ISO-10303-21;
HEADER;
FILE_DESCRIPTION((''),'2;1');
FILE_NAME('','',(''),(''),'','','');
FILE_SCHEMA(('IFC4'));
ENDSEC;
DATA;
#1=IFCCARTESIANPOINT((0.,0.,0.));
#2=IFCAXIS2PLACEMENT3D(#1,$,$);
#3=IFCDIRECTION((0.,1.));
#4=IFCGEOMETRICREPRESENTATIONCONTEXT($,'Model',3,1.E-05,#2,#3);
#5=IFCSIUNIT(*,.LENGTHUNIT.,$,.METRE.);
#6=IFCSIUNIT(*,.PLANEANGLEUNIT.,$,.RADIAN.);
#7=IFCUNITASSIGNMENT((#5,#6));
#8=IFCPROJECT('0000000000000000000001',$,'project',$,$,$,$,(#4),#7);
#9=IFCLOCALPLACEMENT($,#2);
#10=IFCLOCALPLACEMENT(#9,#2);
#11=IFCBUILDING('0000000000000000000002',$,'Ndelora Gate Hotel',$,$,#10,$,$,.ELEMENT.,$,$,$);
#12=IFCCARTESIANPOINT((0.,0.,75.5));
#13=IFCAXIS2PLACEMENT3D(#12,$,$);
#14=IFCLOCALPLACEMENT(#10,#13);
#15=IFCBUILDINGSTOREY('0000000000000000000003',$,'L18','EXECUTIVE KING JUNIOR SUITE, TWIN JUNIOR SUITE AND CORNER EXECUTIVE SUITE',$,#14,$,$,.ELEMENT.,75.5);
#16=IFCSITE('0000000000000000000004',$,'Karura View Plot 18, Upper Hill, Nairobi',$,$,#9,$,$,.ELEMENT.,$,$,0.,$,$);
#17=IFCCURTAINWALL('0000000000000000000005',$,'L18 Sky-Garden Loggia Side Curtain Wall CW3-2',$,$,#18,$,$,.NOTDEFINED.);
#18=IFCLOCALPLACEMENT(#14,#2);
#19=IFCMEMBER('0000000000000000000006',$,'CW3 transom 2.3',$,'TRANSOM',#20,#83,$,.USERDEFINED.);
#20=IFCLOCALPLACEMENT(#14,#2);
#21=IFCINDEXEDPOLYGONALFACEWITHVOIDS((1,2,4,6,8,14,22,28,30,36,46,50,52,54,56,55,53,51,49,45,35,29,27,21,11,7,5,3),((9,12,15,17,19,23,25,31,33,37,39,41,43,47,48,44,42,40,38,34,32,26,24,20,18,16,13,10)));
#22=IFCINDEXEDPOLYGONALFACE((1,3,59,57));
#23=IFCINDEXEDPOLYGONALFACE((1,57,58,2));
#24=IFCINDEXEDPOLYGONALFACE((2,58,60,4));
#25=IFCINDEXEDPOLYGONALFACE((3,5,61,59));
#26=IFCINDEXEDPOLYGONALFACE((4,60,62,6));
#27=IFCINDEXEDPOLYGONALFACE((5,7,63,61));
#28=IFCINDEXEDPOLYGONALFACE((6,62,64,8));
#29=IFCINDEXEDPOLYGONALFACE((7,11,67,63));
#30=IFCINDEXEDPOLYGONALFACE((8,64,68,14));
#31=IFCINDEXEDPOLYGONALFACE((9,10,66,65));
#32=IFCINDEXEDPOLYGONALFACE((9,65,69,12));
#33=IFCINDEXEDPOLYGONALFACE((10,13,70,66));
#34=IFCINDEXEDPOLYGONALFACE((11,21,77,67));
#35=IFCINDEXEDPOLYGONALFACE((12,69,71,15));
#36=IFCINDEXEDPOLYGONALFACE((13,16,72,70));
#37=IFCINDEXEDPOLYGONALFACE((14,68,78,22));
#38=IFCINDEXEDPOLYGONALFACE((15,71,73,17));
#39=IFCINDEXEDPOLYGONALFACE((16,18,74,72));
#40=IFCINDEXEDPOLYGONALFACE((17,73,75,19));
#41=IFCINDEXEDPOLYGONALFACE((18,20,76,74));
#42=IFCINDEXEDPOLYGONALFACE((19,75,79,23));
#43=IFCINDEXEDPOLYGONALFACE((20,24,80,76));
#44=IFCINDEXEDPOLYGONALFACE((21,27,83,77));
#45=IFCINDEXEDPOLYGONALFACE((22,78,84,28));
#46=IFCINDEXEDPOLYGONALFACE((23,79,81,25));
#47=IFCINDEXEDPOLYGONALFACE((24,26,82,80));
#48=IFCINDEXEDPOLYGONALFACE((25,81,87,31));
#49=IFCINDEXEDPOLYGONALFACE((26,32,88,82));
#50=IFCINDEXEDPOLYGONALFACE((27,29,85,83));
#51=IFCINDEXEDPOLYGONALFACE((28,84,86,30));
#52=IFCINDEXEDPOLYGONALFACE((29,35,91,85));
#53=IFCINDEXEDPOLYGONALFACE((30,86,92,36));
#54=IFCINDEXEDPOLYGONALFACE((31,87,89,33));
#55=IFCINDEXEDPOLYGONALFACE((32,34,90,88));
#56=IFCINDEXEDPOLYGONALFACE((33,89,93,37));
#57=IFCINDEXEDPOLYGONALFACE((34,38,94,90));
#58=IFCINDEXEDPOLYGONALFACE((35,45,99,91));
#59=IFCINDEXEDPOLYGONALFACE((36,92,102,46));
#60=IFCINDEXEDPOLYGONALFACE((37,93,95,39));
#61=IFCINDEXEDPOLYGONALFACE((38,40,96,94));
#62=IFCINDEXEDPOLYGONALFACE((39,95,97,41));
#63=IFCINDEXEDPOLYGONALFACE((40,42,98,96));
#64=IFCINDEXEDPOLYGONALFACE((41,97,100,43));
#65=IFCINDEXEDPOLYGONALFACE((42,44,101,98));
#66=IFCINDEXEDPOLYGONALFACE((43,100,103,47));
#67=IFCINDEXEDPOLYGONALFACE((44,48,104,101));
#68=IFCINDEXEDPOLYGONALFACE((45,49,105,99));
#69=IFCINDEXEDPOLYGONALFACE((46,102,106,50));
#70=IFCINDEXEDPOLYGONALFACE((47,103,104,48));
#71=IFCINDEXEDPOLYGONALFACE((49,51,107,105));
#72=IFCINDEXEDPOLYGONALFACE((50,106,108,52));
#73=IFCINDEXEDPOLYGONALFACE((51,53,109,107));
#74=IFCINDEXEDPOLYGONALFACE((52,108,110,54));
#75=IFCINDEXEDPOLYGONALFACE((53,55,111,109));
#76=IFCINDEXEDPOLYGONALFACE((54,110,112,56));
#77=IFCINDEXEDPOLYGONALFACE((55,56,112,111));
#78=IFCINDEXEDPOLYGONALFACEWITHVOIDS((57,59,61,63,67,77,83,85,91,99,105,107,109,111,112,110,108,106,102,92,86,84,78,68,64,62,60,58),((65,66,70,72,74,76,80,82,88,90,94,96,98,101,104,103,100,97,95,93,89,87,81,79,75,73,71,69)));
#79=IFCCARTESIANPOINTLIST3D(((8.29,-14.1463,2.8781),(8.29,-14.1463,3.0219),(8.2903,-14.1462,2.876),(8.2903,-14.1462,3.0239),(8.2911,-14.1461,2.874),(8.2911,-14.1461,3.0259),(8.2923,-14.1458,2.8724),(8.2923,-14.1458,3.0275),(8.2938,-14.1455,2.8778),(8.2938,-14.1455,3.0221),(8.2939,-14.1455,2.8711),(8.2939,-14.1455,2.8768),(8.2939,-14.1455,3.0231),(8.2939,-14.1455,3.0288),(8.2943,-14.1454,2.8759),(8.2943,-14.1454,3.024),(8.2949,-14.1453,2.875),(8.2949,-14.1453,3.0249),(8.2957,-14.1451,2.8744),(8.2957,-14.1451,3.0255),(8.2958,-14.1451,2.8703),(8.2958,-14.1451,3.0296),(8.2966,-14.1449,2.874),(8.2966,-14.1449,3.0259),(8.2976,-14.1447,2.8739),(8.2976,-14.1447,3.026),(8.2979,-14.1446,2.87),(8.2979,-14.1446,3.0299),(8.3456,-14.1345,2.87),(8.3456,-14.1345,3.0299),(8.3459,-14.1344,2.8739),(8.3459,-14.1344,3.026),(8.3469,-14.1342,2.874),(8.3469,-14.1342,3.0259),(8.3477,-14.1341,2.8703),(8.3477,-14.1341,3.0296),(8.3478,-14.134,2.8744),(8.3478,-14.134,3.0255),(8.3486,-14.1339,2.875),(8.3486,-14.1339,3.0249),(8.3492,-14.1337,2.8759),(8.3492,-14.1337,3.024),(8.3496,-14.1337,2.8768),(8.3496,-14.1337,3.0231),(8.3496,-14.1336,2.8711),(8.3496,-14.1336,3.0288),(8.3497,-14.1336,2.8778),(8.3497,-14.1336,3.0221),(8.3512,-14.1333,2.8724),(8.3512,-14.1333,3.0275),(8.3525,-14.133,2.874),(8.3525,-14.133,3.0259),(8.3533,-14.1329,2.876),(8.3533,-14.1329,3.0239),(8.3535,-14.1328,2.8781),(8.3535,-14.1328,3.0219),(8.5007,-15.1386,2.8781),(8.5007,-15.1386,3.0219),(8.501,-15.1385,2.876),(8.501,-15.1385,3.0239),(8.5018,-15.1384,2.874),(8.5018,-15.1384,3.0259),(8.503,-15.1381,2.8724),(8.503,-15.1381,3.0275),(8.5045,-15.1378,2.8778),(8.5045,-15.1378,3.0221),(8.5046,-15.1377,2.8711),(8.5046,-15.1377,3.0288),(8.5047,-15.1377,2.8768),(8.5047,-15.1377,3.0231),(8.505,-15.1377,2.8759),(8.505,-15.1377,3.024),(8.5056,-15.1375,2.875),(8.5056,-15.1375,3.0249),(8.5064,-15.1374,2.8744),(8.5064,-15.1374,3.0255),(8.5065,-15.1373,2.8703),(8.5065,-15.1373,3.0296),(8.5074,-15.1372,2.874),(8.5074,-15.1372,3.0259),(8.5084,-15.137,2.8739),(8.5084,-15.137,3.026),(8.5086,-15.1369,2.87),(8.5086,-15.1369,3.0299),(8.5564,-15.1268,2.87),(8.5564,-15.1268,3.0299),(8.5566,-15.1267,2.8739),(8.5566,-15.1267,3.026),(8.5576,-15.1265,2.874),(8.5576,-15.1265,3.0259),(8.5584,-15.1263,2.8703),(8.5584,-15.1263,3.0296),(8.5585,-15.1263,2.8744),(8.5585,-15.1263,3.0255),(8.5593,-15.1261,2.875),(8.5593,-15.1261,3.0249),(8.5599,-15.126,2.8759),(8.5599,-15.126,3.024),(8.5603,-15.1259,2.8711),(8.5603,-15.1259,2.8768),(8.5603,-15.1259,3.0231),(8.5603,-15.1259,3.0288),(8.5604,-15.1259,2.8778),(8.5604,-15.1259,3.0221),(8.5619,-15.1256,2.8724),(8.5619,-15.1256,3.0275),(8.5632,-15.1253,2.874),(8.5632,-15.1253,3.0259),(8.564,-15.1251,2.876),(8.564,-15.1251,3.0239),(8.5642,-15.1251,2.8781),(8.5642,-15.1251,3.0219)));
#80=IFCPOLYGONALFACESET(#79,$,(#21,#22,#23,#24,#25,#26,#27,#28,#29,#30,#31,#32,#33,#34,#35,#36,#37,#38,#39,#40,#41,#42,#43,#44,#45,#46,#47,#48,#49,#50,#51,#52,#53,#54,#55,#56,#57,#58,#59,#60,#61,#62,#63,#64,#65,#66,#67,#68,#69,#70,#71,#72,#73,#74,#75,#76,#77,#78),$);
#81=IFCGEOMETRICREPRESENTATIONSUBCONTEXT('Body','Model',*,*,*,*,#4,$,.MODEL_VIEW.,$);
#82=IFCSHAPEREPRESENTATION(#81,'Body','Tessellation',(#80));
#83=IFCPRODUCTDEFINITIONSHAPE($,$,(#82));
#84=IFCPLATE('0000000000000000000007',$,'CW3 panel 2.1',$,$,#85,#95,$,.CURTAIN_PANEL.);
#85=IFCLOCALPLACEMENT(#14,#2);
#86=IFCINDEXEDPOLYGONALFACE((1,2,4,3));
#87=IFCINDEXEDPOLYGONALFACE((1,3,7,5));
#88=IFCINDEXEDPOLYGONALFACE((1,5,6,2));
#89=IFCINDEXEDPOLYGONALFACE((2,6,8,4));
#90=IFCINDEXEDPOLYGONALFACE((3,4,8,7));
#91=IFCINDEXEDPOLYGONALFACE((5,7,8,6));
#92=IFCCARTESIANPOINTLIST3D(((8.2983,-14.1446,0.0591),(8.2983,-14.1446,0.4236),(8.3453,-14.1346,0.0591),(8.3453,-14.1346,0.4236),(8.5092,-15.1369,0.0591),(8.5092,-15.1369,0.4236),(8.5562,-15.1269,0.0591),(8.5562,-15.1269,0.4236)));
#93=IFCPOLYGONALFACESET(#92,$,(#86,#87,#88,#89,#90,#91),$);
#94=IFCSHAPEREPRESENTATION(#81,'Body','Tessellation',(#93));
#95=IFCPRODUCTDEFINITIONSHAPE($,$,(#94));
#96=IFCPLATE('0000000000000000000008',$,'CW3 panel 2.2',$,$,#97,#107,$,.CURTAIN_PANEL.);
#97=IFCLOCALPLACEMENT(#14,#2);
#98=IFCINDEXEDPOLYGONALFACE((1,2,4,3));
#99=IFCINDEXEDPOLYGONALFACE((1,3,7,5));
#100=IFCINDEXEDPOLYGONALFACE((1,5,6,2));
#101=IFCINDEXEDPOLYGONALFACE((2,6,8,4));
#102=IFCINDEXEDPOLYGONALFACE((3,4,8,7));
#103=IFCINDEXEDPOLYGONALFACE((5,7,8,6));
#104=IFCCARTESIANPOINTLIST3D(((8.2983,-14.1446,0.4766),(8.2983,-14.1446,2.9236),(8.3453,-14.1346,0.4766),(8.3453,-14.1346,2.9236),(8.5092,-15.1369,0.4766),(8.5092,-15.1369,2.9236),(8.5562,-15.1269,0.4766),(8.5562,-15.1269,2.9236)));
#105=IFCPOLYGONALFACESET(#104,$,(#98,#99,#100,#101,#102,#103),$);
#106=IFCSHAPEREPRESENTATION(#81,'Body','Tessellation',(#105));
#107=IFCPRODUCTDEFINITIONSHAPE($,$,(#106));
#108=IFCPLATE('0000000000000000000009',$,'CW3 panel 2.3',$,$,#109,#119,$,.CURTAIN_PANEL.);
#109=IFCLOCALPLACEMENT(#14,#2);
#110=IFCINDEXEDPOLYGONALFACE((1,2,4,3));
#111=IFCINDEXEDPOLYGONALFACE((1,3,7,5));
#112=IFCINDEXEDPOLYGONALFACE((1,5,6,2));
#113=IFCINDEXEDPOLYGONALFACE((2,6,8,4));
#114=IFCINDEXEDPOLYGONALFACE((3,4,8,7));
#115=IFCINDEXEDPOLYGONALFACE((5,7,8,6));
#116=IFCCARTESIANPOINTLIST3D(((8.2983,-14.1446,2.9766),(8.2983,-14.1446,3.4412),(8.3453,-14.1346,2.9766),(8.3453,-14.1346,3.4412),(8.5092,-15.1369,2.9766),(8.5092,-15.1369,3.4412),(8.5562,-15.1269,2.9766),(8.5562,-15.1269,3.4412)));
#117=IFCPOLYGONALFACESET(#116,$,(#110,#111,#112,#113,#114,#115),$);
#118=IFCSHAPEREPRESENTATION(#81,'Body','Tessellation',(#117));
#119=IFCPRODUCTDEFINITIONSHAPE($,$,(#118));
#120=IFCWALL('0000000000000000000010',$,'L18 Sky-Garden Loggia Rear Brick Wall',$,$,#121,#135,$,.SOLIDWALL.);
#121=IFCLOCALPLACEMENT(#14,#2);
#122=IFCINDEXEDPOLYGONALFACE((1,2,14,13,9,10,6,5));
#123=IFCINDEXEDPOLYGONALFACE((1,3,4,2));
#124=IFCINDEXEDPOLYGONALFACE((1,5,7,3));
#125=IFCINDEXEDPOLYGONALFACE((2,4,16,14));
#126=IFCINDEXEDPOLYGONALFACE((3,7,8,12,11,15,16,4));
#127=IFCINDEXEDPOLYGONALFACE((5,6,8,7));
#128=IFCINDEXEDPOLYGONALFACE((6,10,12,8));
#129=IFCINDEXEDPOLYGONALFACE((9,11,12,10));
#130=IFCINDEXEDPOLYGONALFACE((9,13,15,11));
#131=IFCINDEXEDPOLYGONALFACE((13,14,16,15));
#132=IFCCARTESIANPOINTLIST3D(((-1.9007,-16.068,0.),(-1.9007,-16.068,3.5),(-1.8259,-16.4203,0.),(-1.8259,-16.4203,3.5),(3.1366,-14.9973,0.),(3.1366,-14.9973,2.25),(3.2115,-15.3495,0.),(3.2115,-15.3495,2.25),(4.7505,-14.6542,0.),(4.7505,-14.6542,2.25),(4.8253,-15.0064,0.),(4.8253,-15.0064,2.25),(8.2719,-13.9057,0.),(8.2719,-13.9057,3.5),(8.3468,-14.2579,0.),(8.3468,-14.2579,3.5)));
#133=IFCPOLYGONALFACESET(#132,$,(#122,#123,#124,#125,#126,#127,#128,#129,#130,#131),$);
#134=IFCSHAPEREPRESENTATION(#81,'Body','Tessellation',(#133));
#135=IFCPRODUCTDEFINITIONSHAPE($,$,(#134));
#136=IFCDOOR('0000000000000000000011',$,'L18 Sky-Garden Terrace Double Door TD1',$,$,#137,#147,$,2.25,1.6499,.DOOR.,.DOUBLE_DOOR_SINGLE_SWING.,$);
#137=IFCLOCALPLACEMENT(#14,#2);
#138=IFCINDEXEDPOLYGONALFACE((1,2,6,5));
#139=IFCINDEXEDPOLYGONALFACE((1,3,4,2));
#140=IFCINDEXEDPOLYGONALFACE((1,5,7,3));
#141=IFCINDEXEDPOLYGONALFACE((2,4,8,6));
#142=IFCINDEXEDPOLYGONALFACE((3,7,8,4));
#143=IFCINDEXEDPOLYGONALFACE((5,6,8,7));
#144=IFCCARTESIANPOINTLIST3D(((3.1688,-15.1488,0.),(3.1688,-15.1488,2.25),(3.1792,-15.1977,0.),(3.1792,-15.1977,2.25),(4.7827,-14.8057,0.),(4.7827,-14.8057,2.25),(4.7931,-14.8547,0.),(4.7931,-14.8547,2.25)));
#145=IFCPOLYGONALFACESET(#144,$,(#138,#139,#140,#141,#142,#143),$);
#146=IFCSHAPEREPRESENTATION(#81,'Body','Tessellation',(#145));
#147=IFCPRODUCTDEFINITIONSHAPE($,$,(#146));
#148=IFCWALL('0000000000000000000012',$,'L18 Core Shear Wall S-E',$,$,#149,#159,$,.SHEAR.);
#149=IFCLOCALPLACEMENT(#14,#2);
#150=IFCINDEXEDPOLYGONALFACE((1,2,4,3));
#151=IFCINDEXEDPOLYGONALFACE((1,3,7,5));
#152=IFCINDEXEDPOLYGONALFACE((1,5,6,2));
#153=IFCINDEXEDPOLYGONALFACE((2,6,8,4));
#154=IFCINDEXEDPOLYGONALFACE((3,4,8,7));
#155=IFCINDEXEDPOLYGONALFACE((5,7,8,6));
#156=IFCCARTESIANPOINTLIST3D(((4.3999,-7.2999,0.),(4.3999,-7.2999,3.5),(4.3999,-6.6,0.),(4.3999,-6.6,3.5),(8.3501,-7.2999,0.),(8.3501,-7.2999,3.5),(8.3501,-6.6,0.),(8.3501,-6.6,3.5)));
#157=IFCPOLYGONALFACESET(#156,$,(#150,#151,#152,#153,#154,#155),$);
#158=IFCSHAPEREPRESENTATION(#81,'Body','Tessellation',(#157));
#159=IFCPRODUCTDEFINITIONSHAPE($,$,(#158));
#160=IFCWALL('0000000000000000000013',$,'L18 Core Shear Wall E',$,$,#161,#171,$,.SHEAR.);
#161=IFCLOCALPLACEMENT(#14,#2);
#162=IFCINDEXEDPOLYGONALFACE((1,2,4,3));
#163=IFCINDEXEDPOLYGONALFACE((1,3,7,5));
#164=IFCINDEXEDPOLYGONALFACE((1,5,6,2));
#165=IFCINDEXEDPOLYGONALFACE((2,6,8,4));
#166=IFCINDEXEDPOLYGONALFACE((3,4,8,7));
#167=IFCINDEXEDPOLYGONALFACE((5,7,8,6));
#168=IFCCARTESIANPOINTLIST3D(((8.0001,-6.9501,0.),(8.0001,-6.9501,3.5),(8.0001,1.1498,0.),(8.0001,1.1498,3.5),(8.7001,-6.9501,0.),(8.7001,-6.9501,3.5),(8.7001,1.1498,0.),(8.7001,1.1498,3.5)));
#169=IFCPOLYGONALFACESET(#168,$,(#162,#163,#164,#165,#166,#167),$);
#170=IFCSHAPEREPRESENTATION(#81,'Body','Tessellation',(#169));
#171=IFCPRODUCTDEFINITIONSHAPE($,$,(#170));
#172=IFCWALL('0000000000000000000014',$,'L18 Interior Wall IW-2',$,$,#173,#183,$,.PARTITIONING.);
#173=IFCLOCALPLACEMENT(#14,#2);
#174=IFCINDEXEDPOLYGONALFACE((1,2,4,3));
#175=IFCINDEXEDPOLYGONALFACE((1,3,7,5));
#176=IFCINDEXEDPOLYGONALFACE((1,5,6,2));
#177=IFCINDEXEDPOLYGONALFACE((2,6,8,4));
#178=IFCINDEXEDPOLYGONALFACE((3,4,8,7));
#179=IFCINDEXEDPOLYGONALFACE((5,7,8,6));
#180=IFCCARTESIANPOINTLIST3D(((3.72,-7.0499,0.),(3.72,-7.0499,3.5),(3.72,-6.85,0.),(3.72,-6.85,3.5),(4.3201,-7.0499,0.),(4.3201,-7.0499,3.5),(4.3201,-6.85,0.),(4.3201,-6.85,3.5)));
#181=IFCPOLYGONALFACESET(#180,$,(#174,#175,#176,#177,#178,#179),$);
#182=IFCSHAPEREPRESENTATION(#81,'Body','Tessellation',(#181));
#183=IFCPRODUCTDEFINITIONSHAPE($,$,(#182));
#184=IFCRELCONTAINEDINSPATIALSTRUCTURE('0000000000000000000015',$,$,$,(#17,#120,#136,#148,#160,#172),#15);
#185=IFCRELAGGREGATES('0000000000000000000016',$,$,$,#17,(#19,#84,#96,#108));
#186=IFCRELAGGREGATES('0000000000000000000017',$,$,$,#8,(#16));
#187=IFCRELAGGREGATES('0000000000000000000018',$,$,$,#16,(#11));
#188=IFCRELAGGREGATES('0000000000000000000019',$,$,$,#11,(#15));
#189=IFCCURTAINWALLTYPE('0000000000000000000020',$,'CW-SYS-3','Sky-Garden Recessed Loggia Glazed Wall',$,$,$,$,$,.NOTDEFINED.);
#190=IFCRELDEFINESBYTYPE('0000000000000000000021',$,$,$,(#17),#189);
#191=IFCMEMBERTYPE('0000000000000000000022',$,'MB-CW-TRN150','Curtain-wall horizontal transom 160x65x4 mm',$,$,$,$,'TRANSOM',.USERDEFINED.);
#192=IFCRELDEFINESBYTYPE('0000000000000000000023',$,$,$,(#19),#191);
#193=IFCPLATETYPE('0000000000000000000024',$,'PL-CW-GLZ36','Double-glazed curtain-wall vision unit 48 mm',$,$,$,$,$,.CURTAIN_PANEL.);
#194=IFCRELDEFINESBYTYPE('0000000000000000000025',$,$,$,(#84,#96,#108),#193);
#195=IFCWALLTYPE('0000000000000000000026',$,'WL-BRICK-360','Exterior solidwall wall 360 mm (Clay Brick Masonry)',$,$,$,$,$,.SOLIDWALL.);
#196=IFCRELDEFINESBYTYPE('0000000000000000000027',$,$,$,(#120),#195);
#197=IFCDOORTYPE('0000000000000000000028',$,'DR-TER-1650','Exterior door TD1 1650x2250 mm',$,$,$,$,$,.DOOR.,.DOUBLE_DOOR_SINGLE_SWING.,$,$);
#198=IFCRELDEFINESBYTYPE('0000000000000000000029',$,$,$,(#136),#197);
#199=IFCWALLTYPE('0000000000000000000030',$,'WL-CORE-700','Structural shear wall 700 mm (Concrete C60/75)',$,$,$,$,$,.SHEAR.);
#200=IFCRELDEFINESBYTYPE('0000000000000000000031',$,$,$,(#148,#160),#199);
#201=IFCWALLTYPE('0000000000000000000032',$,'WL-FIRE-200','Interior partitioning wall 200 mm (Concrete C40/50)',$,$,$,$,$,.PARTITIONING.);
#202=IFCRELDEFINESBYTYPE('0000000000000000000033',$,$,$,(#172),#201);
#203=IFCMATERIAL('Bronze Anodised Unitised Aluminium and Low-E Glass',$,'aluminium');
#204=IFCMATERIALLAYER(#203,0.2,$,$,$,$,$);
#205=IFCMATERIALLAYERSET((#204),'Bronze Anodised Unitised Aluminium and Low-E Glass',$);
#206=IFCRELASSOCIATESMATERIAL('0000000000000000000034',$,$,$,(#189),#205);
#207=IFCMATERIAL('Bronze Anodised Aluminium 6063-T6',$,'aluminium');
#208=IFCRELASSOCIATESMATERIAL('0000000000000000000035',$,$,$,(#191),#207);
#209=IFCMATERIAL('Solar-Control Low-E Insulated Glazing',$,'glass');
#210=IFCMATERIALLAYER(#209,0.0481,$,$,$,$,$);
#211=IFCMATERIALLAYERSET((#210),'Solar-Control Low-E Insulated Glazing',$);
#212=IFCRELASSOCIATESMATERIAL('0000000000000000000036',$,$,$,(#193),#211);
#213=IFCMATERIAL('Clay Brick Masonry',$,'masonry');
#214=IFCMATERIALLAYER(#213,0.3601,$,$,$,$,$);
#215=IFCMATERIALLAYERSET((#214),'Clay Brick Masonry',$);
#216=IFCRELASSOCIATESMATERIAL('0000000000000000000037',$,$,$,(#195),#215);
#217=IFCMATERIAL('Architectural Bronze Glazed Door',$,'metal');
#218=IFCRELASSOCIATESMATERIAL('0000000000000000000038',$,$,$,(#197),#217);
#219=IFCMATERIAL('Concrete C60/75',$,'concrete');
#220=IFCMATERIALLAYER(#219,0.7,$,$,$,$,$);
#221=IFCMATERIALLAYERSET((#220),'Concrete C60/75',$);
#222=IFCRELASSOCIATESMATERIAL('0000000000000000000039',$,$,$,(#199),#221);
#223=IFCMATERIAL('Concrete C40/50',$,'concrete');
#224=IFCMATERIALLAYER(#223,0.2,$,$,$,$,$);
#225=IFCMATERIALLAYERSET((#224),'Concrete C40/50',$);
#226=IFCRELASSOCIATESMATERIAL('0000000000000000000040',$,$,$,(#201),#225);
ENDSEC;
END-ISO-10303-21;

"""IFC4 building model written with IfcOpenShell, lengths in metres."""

from ifc_helpers import new_model, si_unit, direction, frame, frame_2d, origin, origin_2d, place, context, subcontext, project, spatial, rectangle, hollow_rectangle, extrude, material, layer, layer_set, material_profile, profile_set, type_object, element, fill, aggregate, save


model = new_model("IFC4")

# Units and contexts
model_context = context("Model", 3, precision=1e-05, world=origin(), true_north=direction((0.0, 1.0)))
body_context = subcontext(model_context, "Body", "Model", "MODEL_VIEW")
ifc_project = project(units=[si_unit("LENGTHUNIT", "METRE"), si_unit("PLANEANGLEUNIT", "RADIAN")], contexts=[model_context])

# Site, building, storey
site_placement = place(None, origin())
site = spatial("IfcSite", under=ifc_project, at=site_placement, Name="Karura View Plot 18, Upper Hill, Nairobi", CompositionType="ELEMENT", RefElevation=0.0)
building_placement = place(site_placement, origin())
building = spatial("IfcBuilding", under=site, at=building_placement, Name="Ndelora Gate Hotel", CompositionType="ELEMENT")
storey_placement = place(building_placement, frame((0.0, 0.0, 75.5)))
storey = spatial("IfcBuildingStorey", under=building, at=storey_placement, Name="L18", Description="EXECUTIVE KING JUNIOR SUITE, TWIN JUNIOR SUITE AND CORNER EXECUTIVE SUITE", CompositionType="ELEMENT", Elevation=75.5)

# Shared definitions
ifc_material_1 = material(Name="Concrete C60/75", Category="concrete")

# Curtain wall, member, plates
ifc_material_2 = material(Name="Bronze Anodised Unitised Aluminium and Low-E Glass", Category="aluminium")
ifc_layer_1 = layer(ifc_material_2, 0.2)
ifc_layer_set_1 = layer_set([ifc_layer_1], Name="Bronze Anodised Unitised Aluminium and Low-E Glass")
curtain_wall_type = type_object("IfcCurtainWallType", Name="CW-SYS-3", Description="Sky-Garden Recessed Loggia Glazed Wall", PredefinedType="NOTDEFINED", material=ifc_layer_set_1)
curtain_wall_placement = place(storey_placement, origin())
curtain_wall = element("IfcCurtainWall", 1, at=curtain_wall_placement, inside=storey, type_object=curtain_wall_type, Name="L18 Sky-Garden Loggia Side Curtain Wall CW3-2", PredefinedType="NOTDEFINED")
ifc_material_3 = material(Name="Bronze Anodised Aluminium 6063-T6", Category="aluminium")
ifc_material_profile_1 = material_profile(ifc_material_3, hollow_rectangle(XDim=0.0649, YDim=0.1599, WallThickness=0.0039, InnerFilletRadius=0.0039, OuterFilletRadius=0.0081, at=origin_2d()), Name="ALU 160x65x4")
ifc_profile_set_1 = profile_set([ifc_material_profile_1], Name="Bronze Anodised Aluminium 6063-T6")
member_type_1 = type_object("IfcMemberType", Name="MB-CW-TRN150", Description="Curtain-wall horizontal transom 160x65x4 mm", ElementType="TRANSOM", PredefinedType="USERDEFINED", material=ifc_profile_set_1)
member_1_placement = place(storey_placement, frame((8.5325, -15.1318, 2.95), z_axis=(-0.207721, 0.978188, 0.0), x_axis=(-0.978188, -0.207721, 0.0)))
member_1 = element("IfcMember", 2, at=member_1_placement, type_object=member_type_1, Name="CW3 transom 2.3", ObjectType="TRANSOM", PredefinedType="USERDEFINED", context=body_context, shape_type="SweptSolid", body=[
    extrude(hollow_rectangle(XDim=0.0649, YDim=0.1599, WallThickness=0.0039, InnerFilletRadius=0.0039, OuterFilletRadius=0.0081, at=origin_2d()), origin(), (0.0, 0.0, 1.0), 1.0144),
])
ifc_material_4 = material(Name="Solar-Control Low-E Insulated Glazing", Category="glass")
ifc_layer_2 = layer(ifc_material_4, 0.0481)
ifc_layer_set_2 = layer_set([ifc_layer_2], Name="Solar-Control Low-E Insulated Glazing")
plate_type = type_object("IfcPlateType", Name="PL-CW-GLZ36", Description="Double-glazed curtain-wall vision unit 48 mm", PredefinedType="CURTAIN_PANEL", material=ifc_layer_set_2)
plate_1_placement = place(storey_placement, frame((8.4272, -14.6357, 0.0591), z_axis=(0.0, 0.0, 1.0), x_axis=(-0.207911, 0.978148, 0.0)))
plate_1 = element("IfcPlate", 3, at=plate_1_placement, type_object=plate_type, Name="CW3 panel 2.1", PredefinedType="CURTAIN_PANEL", context=body_context, shape_type="SweptSolid", body=[
    extrude(rectangle(XDim=1.0144, YDim=0.0481, at=origin_2d()), origin(), (0.0, 0.0, 1.0), 0.3645),
])
plate_2_placement = place(storey_placement, frame((8.4272, -14.6357, 0.4766), z_axis=(0.0, 0.0, 1.0), x_axis=(-0.207911, 0.978148, 0.0)))
plate_2 = element("IfcPlate", 4, at=plate_2_placement, type_object=plate_type, Name="CW3 panel 2.2", PredefinedType="CURTAIN_PANEL", context=body_context, shape_type="SweptSolid", body=[
    extrude(rectangle(XDim=1.0144, YDim=0.0481, at=origin_2d()), origin(), (0.0, 0.0, 1.0), 2.447),
])
plate_3_placement = place(storey_placement, frame((8.4272, -14.6357, 2.9766), z_axis=(0.0, 0.0, 1.0), x_axis=(-0.207911, 0.978148, 0.0)))
plate_3 = element("IfcPlate", 5, at=plate_3_placement, type_object=plate_type, Name="CW3 panel 2.3", PredefinedType="CURTAIN_PANEL", context=body_context, shape_type="SweptSolid", body=[
    extrude(rectangle(XDim=1.0144, YDim=0.0481, at=origin_2d()), origin(), (0.0, 0.0, 1.0), 0.4646),
])
aggregate(curtain_wall, [member_1, plate_1, plate_2, plate_3])

# Wall, opening, door
ifc_material_5 = material(Name="Clay Brick Masonry", Category="masonry")
ifc_layer_3 = layer(ifc_material_5, 0.3601)
ifc_layer_set_3 = layer_set([ifc_layer_3], Name="Clay Brick Masonry")
wall_type_1 = type_object("IfcWallType", Name="WL-BRICK-360", Description="Exterior solidwall wall 360 mm (Clay Brick Masonry)", PredefinedType="SOLIDWALL", material=ifc_layer_set_3)
wall_1_placement = place(storey_placement, frame((8.3093, -14.0818, 0.0), z_axis=(0.0, 0.0, 1.0), x_axis=(-0.978146, -0.207921, 0.0)))
wall_1 = element("IfcWall", 6, at=wall_1_placement, inside=storey, type_object=wall_type_1, Name="L18 Sky-Garden Loggia Rear Brick Wall", PredefinedType="SOLIDWALL", context=body_context, shape_type="SweptSolid", body=[
    extrude(rectangle(XDim=10.3999, YDim=0.3601, at=frame_2d((5.2, 0.0))), origin(), (0.0, 0.0, 1.0), 3.5),
])
opening_1_placement = place(wall_1_placement, frame((3.6001, 0.0, 0.0)))
opening_1 = element("IfcOpeningElement", 7, at=opening_1_placement, cuts=wall_1, PredefinedType="OPENING", context=body_context, shape_type="SweptSolid", body=[
    extrude(rectangle(XDim=1.6499, YDim=2.25, at=frame_2d((0.825, 1.125))), frame((0.0, 0.1899, 0.0), z_axis=(0.0, -1.0, 0.0), x_axis=(1.0, 0.0, 0.0)), (0.0, 0.0, 1.0), 0.3801),
])
ifc_material_6 = material(Name="Architectural Bronze Glazed Door", Category="metal")
door_type_1 = type_object("IfcDoorType", Name="DR-TER-1650", Description="Exterior door TD1 1650x2250 mm", OperationType="DOUBLE_DOOR_SINGLE_SWING", PredefinedType="DOOR", material=ifc_material_6)
door_1_placement = place(opening_1_placement, origin())
door_1 = element("IfcDoor", 8, at=door_1_placement, inside=storey, type_object=door_type_1, Name="L18 Sky-Garden Terrace Double Door TD1", OperationType="DOUBLE_DOOR_SINGLE_SWING", OverallHeight=2.25, OverallWidth=1.6499, PredefinedType="DOOR", context=body_context, shape_type="SweptSolid", body=[
    extrude(rectangle(XDim=1.6499, YDim=2.25, at=frame_2d((0.825, 1.125))), frame((0.0, 0.0249, 0.0), z_axis=(0.0, -1.0, 0.0), x_axis=(1.0, 0.0, 0.0)), (0.0, 0.0, 1.0), 0.05),
])
fill(opening_1, door_1)

# Walls
ifc_layer_4 = layer(ifc_material_1, 0.7)
ifc_layer_set_4 = layer_set([ifc_layer_4], Name="Concrete C60/75")
wall_type_2 = type_object("IfcWallType", Name="WL-CORE-700", Description="Structural shear wall 700 mm (Concrete C60/75)", PredefinedType="SHEAR", material=ifc_layer_set_4)
wall_2_placement = place(storey_placement, frame((4.3999, -6.95, 0.0), z_axis=(0.0, 0.0, 1.0), x_axis=(1.0, 0.0, 0.0)))
element("IfcWall", 9, at=wall_2_placement, inside=storey, type_object=wall_type_2, Name="L18 Core Shear Wall S-E", PredefinedType="SHEAR", context=body_context, shape_type="SweptSolid", body=[
    extrude(rectangle(XDim=3.9502, YDim=0.7, at=frame_2d((1.9751, 0.0))), origin(), (0.0, 0.0, 1.0), 3.5),
])
wall_3_placement = place(storey_placement, frame((8.3501, -6.95, 0.0), z_axis=(0.0, 0.0, 1.0), x_axis=(0.0, 1.0, 0.0)))
element("IfcWall", 10, at=wall_3_placement, inside=storey, type_object=wall_type_2, Name="L18 Core Shear Wall E", PredefinedType="SHEAR", context=body_context, shape_type="SweptSolid", body=[
    extrude(rectangle(XDim=8.0999, YDim=0.7, at=frame_2d((4.0498, 0.0))), origin(), (0.0, 0.0, 1.0), 3.5),
])
ifc_material_7 = material(Name="Concrete C40/50", Category="concrete")
ifc_layer_5 = layer(ifc_material_7, 0.2)
ifc_layer_set_5 = layer_set([ifc_layer_5], Name="Concrete C40/50")
wall_type_3 = type_object("IfcWallType", Name="WL-FIRE-200", Description="Interior partitioning wall 200 mm (Concrete C40/50)", PredefinedType="PARTITIONING", material=ifc_layer_set_5)
wall_4_placement = place(storey_placement, frame((3.72, -6.95, 0.0), z_axis=(0.0, 0.0, 1.0), x_axis=(1.0, 0.0, 0.0)))
element("IfcWall", 11, at=wall_4_placement, inside=storey, type_object=wall_type_3, Name="L18 Interior Wall IW-2", PredefinedType="PARTITIONING", context=body_context, shape_type="SweptSolid", body=[
    extrude(rectangle(XDim=0.6001, YDim=0.2, at=frame_2d((0.3, 0.0))), origin(), (0.0, 0.0, 1.0), 3.5),
])

save(model, "model.ifc")
